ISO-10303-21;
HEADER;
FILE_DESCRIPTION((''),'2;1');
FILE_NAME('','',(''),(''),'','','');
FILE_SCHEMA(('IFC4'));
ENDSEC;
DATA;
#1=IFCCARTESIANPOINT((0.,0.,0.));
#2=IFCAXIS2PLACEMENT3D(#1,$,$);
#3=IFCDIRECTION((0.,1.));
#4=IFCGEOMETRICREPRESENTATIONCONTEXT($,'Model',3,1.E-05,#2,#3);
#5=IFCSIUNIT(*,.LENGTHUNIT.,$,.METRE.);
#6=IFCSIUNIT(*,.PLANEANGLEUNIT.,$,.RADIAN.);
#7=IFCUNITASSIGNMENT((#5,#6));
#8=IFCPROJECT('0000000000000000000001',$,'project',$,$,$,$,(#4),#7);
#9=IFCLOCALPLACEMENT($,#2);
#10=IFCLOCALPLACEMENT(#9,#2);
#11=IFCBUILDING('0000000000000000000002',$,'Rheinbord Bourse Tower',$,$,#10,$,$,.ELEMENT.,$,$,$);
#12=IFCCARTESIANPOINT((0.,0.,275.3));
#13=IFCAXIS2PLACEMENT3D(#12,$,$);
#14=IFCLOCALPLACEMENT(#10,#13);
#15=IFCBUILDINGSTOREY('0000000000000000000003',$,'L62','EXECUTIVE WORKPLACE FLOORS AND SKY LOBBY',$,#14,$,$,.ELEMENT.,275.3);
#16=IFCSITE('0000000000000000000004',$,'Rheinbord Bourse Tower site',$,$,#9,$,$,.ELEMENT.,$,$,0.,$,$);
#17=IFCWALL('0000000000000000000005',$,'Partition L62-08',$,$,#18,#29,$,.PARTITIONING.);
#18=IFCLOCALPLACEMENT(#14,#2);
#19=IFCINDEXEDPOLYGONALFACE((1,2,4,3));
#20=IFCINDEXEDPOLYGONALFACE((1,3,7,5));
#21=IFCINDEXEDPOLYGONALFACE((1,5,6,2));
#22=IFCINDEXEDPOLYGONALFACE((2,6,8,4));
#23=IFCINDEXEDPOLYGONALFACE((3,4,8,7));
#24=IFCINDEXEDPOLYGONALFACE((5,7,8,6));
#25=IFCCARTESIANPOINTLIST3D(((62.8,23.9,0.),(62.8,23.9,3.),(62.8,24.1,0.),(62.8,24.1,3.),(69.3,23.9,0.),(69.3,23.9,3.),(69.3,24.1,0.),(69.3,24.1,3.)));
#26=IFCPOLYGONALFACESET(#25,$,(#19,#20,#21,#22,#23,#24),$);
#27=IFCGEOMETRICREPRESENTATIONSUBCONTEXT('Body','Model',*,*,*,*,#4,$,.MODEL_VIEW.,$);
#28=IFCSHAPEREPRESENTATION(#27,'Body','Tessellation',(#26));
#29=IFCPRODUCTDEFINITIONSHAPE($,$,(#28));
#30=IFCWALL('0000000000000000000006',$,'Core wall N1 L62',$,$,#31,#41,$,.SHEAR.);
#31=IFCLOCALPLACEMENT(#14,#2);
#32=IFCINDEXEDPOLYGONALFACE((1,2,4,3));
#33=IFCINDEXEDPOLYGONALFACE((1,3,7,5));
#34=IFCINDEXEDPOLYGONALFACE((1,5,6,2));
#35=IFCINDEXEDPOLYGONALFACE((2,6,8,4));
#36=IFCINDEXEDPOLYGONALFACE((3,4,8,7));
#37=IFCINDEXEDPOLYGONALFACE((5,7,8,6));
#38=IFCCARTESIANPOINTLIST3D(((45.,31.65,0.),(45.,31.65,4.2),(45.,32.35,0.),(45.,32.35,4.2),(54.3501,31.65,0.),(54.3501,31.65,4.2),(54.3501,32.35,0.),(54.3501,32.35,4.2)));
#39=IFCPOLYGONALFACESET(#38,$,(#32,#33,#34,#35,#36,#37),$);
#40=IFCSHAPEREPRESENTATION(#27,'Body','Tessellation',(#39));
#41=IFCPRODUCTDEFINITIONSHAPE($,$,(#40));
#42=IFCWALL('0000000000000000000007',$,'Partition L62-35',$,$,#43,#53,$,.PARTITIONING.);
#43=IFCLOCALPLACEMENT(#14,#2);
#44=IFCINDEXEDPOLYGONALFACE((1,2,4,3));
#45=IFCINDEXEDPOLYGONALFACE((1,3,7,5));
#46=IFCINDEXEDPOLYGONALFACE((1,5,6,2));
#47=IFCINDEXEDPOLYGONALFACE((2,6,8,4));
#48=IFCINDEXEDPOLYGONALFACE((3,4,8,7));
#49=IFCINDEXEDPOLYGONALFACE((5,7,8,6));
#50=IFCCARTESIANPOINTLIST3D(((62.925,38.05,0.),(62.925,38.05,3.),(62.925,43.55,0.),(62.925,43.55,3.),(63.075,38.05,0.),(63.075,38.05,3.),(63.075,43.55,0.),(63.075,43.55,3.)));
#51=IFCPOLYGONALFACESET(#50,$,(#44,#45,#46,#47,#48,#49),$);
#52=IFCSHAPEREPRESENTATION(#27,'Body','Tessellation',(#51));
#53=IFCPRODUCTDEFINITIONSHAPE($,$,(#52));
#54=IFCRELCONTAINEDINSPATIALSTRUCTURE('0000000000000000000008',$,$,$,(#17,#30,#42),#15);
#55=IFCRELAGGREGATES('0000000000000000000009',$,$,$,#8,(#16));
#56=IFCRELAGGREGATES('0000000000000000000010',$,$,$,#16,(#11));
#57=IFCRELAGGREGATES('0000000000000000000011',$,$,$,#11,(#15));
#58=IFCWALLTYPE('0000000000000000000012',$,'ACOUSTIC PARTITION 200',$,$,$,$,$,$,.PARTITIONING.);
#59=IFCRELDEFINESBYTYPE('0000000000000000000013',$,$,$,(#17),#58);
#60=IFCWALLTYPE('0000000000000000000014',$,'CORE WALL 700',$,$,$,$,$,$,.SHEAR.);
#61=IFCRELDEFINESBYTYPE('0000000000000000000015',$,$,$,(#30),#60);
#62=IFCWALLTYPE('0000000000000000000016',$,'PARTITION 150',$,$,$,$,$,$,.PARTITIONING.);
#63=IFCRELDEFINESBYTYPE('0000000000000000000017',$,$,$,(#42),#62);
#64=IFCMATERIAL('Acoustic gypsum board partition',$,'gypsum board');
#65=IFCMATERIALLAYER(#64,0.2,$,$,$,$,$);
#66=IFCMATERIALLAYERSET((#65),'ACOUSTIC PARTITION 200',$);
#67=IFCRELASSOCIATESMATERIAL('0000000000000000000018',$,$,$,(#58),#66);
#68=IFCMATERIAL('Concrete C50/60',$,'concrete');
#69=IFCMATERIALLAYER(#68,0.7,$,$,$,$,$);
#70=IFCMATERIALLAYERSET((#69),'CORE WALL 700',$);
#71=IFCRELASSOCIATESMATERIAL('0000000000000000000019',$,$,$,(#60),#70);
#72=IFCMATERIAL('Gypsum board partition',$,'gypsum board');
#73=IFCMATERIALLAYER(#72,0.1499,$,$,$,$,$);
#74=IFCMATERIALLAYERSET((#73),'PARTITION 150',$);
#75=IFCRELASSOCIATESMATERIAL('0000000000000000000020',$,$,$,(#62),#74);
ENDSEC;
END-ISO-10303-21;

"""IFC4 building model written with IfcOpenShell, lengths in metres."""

from ifc_helpers import new_model, si_unit, direction, frame, frame_2d, origin, place, context, subcontext, project, spatial, rectangle, extrude, material, layer, layer_set, type_object, element, save


model = new_model("IFC4")

# Units and contexts
model_context = context("Model", 3, precision=1e-05, world=origin(), true_north=direction((0.0, 1.0)))
body_context = subcontext(model_context, "Body", "Model", "MODEL_VIEW")
ifc_project = project(units=[si_unit("LENGTHUNIT", "METRE"), si_unit("PLANEANGLEUNIT", "RADIAN")], contexts=[model_context])

# Site, building, storey
site_placement = place(None, origin())
site = spatial("IfcSite", under=ifc_project, at=site_placement, Name="Rheinbord Bourse Tower site", CompositionType="ELEMENT", RefElevation=0.0)
building_placement = place(site_placement, origin())
building = spatial("IfcBuilding", under=site, at=building_placement, Name="Rheinbord Bourse Tower", CompositionType="ELEMENT")
storey_placement = place(building_placement, frame((0.0, 0.0, 275.3)))
storey = spatial("IfcBuildingStorey", under=building, at=storey_placement, Name="L62", Description="EXECUTIVE WORKPLACE FLOORS AND SKY LOBBY", CompositionType="ELEMENT", Elevation=275.3)

# Walls
ifc_material_1 = material(Name="Acoustic gypsum board partition", Category="gypsum board")
ifc_layer_1 = layer(ifc_material_1, 0.2)
ifc_layer_set_1 = layer_set([ifc_layer_1], Name="ACOUSTIC PARTITION 200")
wall_type_1 = type_object("IfcWallType", Name="ACOUSTIC PARTITION 200", PredefinedType="PARTITIONING", material=ifc_layer_set_1)
wall_1_placement = place(storey_placement, frame((62.8, 24.0, 0.0), z_axis=(0.0, 0.0, 1.0), x_axis=(1.0, 0.0, 0.0)))
element("IfcWall", 1, at=wall_1_placement, inside=storey, type_object=wall_type_1, Name="Partition L62-08", PredefinedType="PARTITIONING", context=body_context, shape_type="SweptSolid", body=[
    extrude(rectangle(XDim=6.5, YDim=0.2, at=frame_2d((3.25, 0.0))), origin(), (0.0, 0.0, 1.0), 3.0),
])
ifc_material_2 = material(Name="Concrete C50/60", Category="concrete")
ifc_layer_2 = layer(ifc_material_2, 0.7)
ifc_layer_set_2 = layer_set([ifc_layer_2], Name="CORE WALL 700")
wall_type_2 = type_object("IfcWallType", Name="CORE WALL 700", PredefinedType="SHEAR", material=ifc_layer_set_2)
wall_2_placement = place(storey_placement, frame((54.3501, 32.0, 0.0), z_axis=(0.0, 0.0, 1.0), x_axis=(-1.0, 0.0, 0.0)))
element("IfcWall", 2, at=wall_2_placement, inside=storey, type_object=wall_type_2, Name="Core wall N1 L62", PredefinedType="SHEAR", context=body_context, shape_type="SweptSolid", body=[
    extrude(rectangle(XDim=9.3501, YDim=0.7, at=frame_2d((4.675, 0.0))), origin(), (0.0, 0.0, 1.0), 4.2),
])
ifc_material_3 = material(Name="Gypsum board partition", Category="gypsum board")
ifc_layer_3 = layer(ifc_material_3, 0.1499)
ifc_layer_set_3 = layer_set([ifc_layer_3], Name="PARTITION 150")
wall_type_3 = type_object("IfcWallType", Name="PARTITION 150", PredefinedType="PARTITIONING", material=ifc_layer_set_3)
wall_3_placement = place(storey_placement, frame((63.0, 38.05, 0.0), z_axis=(0.0, 0.0, 1.0), x_axis=(0.0, 1.0, 0.0)))
element("IfcWall", 3, at=wall_3_placement, inside=storey, type_object=wall_type_3, Name="Partition L62-35", PredefinedType="PARTITIONING", context=body_context, shape_type="SweptSolid", body=[
    extrude(rectangle(XDim=5.5, YDim=0.1499, at=frame_2d((2.75, 0.0))), origin(), (0.0, 0.0, 1.0), 3.0),
])

save(model, "model.ifc")
